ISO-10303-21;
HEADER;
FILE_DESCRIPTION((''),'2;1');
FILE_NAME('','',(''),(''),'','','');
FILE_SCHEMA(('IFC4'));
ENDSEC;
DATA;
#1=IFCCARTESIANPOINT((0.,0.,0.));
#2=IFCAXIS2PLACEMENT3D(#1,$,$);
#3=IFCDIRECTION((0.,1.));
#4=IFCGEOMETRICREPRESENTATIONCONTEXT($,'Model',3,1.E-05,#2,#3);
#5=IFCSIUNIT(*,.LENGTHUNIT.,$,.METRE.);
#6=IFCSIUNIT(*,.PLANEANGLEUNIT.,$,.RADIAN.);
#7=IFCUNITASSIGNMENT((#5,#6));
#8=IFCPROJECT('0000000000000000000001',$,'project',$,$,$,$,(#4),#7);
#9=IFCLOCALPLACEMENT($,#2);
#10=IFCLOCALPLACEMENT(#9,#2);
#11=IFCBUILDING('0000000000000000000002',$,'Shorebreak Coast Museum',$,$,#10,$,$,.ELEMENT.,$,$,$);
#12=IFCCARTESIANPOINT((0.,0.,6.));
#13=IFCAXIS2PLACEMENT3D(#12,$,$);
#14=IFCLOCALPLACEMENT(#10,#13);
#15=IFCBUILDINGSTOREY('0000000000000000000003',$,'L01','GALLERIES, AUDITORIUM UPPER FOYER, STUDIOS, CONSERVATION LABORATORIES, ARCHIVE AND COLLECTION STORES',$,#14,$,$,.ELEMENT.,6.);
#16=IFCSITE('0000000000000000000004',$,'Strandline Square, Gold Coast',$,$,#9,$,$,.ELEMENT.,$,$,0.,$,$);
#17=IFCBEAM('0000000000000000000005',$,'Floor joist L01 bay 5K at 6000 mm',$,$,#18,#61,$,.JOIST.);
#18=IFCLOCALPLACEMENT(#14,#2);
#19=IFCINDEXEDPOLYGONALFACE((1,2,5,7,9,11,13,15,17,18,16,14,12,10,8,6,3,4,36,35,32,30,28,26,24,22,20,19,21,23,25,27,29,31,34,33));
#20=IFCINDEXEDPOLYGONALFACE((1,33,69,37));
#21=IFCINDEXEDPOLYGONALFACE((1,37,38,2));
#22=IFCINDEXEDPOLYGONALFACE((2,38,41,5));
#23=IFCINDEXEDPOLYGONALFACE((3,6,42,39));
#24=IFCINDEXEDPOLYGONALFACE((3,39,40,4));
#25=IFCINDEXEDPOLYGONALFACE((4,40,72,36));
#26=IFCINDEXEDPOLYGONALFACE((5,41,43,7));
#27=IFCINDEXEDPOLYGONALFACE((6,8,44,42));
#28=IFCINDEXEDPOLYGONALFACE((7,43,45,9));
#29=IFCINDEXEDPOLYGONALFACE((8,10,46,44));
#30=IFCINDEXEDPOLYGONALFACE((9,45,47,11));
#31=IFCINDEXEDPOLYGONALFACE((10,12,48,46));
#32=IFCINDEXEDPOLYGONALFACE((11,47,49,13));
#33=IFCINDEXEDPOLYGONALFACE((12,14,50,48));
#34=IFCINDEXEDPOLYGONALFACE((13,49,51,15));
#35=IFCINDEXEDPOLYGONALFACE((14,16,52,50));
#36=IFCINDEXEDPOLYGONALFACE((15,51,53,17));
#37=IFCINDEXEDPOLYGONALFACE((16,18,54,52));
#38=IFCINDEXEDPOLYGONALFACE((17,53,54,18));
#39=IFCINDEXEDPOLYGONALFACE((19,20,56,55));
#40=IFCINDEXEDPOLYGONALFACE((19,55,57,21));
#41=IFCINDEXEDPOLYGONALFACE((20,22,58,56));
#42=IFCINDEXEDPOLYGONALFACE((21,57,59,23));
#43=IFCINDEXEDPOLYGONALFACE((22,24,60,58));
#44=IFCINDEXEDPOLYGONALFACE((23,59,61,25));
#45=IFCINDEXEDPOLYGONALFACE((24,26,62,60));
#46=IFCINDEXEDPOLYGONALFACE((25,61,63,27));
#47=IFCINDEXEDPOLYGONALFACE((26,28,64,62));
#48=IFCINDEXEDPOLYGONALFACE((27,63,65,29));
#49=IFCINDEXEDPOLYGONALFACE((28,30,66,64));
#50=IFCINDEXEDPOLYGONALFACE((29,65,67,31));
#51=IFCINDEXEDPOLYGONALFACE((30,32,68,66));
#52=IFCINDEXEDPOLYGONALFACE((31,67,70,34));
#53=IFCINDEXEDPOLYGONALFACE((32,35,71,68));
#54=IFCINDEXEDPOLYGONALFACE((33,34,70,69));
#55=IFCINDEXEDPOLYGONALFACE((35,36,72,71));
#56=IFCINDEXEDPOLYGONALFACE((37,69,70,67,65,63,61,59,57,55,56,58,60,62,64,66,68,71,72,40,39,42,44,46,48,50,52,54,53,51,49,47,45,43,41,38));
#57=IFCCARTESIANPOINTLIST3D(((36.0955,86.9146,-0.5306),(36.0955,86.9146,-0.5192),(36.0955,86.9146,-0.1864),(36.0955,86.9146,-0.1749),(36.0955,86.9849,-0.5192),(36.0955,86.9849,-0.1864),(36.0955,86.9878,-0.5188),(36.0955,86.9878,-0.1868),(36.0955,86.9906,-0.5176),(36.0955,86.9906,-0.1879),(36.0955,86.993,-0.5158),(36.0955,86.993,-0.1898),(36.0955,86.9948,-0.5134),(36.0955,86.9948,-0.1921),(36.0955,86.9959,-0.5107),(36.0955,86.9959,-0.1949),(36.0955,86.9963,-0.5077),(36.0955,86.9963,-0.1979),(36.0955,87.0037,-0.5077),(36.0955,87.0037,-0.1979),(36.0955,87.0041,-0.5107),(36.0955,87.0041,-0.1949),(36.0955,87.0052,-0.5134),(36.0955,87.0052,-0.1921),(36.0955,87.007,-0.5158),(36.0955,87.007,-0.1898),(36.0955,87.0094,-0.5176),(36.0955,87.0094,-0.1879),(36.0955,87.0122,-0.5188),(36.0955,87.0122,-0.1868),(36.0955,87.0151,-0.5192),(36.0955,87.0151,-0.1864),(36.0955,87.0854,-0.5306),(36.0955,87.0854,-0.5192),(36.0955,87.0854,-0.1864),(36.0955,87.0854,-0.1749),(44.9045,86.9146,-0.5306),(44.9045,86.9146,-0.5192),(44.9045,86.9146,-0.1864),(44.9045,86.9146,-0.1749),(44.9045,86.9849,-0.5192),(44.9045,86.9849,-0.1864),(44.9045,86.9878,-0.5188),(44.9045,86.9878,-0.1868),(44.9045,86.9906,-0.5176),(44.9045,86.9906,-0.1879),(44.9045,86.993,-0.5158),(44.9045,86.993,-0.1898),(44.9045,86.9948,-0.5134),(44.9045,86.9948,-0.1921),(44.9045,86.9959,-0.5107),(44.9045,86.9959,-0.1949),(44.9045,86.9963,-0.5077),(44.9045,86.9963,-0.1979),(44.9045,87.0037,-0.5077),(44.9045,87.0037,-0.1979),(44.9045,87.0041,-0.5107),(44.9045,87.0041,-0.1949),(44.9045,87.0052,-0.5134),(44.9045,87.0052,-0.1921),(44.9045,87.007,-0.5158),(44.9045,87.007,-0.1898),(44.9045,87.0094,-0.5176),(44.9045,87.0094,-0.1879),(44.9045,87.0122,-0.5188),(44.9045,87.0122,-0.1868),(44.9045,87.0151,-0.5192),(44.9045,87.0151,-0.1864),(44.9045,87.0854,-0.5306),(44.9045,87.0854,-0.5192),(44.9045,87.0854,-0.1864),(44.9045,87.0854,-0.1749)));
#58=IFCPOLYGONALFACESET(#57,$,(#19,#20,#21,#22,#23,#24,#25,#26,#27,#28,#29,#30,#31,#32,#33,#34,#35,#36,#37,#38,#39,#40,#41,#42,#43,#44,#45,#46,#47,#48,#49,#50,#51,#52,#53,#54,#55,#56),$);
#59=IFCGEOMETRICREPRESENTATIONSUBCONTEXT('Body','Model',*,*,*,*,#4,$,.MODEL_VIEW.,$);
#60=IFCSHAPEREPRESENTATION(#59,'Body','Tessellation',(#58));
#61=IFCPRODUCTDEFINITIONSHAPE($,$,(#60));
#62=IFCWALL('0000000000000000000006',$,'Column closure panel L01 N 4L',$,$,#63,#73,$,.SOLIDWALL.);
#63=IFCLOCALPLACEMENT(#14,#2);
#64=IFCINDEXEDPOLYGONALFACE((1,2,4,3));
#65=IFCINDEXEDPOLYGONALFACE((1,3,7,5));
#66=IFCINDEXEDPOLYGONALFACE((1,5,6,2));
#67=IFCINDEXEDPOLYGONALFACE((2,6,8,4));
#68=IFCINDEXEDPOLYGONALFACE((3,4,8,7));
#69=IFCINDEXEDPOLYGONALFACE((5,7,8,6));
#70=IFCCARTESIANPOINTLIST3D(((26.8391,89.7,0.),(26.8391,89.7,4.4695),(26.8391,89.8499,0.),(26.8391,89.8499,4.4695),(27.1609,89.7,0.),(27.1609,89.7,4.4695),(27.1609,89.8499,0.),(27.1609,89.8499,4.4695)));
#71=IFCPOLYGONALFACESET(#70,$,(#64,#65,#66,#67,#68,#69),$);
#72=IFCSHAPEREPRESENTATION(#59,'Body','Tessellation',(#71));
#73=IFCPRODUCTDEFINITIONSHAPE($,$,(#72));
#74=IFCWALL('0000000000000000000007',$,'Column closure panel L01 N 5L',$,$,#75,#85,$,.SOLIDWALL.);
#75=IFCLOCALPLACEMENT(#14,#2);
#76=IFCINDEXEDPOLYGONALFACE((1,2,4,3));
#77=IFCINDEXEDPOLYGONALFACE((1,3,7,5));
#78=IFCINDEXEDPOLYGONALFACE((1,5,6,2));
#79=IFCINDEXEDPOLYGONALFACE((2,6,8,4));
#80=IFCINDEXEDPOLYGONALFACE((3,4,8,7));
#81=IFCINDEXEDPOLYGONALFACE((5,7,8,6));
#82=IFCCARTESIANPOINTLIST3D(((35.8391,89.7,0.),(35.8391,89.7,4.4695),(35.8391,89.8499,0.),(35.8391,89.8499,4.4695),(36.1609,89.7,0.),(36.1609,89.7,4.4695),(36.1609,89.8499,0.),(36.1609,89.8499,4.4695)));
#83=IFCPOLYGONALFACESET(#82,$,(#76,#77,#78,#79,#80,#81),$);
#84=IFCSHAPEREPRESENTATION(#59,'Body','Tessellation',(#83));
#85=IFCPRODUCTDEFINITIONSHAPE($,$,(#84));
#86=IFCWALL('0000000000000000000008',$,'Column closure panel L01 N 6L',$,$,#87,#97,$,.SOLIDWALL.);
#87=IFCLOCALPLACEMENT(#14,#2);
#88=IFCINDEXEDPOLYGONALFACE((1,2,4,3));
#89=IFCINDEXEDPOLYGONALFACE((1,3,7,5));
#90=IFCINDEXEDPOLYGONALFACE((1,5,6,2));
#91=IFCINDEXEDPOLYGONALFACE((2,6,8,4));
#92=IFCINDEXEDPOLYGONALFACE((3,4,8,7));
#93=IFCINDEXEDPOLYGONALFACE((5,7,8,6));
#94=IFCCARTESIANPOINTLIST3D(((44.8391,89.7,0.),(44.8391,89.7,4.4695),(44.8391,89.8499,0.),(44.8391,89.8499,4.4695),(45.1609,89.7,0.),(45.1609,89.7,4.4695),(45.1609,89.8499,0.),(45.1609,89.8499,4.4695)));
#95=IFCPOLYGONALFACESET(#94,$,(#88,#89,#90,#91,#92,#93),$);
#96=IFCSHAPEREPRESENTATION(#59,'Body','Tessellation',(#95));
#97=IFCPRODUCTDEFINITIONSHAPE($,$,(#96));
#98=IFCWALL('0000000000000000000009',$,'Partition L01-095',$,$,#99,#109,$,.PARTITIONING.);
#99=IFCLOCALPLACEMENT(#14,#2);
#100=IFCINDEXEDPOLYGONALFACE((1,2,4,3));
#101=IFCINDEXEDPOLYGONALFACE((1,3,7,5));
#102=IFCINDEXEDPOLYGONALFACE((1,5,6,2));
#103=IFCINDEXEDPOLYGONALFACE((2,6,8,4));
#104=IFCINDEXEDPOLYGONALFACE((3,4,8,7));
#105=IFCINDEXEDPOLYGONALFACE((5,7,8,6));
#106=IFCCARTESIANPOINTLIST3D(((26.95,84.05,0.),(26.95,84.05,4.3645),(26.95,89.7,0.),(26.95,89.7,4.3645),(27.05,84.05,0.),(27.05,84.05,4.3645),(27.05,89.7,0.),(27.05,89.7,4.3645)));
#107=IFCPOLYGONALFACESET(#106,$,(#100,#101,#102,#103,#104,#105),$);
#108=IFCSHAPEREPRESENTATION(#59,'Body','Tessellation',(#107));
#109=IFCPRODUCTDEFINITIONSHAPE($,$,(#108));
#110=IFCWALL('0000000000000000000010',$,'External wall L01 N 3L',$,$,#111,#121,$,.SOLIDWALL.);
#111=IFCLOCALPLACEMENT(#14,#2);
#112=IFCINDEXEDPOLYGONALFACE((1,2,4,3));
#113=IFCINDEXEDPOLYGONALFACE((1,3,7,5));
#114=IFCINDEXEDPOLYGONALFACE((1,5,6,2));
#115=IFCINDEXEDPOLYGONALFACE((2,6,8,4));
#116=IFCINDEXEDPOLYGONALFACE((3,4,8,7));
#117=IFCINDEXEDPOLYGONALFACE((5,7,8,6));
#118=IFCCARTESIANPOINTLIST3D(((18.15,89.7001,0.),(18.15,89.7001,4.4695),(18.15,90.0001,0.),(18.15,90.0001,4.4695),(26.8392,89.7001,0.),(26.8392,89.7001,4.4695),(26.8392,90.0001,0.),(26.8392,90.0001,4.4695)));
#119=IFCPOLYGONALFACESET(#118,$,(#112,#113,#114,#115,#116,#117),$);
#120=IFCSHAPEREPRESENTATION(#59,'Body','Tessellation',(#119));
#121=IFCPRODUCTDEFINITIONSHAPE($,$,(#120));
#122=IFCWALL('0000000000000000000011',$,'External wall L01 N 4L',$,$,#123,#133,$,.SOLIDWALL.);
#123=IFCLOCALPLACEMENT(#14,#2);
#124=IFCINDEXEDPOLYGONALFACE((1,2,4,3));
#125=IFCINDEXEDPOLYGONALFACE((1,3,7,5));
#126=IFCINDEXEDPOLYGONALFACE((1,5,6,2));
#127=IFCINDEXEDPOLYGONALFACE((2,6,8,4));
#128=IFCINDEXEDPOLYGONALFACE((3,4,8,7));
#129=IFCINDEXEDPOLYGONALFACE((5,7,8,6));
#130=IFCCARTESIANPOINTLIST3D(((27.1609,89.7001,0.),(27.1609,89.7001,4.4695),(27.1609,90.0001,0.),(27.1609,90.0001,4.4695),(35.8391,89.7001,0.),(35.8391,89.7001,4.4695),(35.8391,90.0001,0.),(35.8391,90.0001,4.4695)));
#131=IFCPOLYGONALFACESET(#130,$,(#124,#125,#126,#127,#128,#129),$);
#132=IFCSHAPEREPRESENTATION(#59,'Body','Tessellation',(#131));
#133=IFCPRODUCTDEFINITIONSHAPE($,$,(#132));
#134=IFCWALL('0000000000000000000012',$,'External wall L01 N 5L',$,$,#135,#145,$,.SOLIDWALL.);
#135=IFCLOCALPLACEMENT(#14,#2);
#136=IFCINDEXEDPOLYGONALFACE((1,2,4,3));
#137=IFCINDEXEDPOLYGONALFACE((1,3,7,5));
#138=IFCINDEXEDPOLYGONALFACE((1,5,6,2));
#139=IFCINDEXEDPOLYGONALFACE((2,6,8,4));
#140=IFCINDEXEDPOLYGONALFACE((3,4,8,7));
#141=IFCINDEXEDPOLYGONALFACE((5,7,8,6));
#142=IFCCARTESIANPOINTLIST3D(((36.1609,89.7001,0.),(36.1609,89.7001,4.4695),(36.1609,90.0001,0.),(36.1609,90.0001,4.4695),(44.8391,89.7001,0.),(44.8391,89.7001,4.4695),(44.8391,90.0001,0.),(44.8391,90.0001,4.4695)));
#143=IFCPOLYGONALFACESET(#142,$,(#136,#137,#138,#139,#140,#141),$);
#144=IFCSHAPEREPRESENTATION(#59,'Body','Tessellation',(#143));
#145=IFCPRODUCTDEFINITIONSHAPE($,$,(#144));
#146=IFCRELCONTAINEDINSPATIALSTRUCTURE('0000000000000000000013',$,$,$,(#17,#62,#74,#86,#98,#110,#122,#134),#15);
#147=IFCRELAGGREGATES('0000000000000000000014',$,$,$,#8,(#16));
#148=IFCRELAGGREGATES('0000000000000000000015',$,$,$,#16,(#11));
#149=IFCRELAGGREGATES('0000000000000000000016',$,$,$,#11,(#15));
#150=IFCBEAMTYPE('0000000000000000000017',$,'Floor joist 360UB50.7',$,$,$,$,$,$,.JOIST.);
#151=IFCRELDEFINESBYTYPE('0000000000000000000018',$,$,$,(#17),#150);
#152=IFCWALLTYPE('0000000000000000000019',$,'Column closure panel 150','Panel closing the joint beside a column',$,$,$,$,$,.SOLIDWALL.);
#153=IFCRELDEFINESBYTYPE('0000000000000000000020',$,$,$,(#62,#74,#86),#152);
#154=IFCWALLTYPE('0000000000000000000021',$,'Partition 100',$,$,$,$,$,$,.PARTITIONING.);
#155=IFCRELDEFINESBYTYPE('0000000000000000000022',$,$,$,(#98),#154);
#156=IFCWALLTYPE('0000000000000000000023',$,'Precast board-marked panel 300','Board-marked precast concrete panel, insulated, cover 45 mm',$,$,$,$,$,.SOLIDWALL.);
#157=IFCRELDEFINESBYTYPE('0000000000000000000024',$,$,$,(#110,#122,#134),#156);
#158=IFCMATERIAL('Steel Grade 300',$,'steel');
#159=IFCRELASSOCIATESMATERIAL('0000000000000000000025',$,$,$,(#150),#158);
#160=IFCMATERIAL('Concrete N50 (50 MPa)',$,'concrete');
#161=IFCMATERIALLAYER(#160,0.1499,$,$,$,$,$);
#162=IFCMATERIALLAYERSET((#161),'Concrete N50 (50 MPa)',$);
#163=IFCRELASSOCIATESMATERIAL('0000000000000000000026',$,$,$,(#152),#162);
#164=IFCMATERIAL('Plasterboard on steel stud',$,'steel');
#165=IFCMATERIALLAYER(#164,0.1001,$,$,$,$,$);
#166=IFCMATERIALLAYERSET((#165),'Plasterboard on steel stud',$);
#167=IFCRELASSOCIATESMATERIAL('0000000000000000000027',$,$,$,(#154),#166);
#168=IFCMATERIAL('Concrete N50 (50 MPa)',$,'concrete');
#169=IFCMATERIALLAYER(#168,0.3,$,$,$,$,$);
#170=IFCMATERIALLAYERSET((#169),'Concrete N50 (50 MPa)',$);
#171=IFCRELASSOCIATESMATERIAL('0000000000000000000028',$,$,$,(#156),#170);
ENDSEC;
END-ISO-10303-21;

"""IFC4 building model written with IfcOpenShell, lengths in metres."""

from ifc_helpers import new_model, si_unit, direction, frame, frame_2d, origin, origin_2d, place, context, subcontext, project, spatial, rectangle, i_section, extrude, material, layer, layer_set, material_profile, profile_set, type_object, element, save


model = new_model("IFC4")

# Units and contexts
model_context = context("Model", 3, precision=1e-05, world=origin(), true_north=direction((0.0, 1.0)))
body_context = subcontext(model_context, "Body", "Model", "MODEL_VIEW")
ifc_project = project(units=[si_unit("LENGTHUNIT", "METRE"), si_unit("PLANEANGLEUNIT", "RADIAN")], contexts=[model_context])

# Site, building, storey
site_placement = place(None, origin())
site = spatial("IfcSite", under=ifc_project, at=site_placement, Name="Strandline Square, Gold Coast", CompositionType="ELEMENT", RefElevation=0.0)
building_placement = place(site_placement, origin())
building = spatial("IfcBuilding", under=site, at=building_placement, Name="Shorebreak Coast Museum", CompositionType="ELEMENT")
storey_placement = place(building_placement, frame((0.0, 0.0, 6.0)))
storey = spatial("IfcBuildingStorey", under=building, at=storey_placement, Name="L01", Description="GALLERIES, AUDITORIUM UPPER FOYER, STUDIOS, CONSERVATION LABORATORIES, ARCHIVE AND COLLECTION STORES", CompositionType="ELEMENT", Elevation=6.0)

# Beam
ifc_material_1 = material(Name="Steel Grade 300", Category="steel")
ifc_material_profile_1 = material_profile(ifc_material_1, i_section(OverallWidth=0.1709, OverallDepth=0.3557, WebThickness=0.0073, FlangeThickness=0.0115, FilletRadius=0.0115, at=origin_2d()), Name="360UB50.7")
ifc_profile_set_1 = profile_set([ifc_material_profile_1], Name="Steel Grade 300")
beam_type_1 = type_object("IfcBeamType", Name="Floor joist 360UB50.7", PredefinedType="JOIST", material=ifc_profile_set_1)
for number, where, z_axis, x_axis, name in (
    (1, (36.0955, 87.0, -0.3528), (1.0, 0.0, 0.0), (0.0, 1.0, 0.0), "Floor joist L01 bay 5K at 6000 mm"),
):
    element("IfcBeam", number, at=place(storey_placement, frame(where, z_axis=z_axis, x_axis=x_axis)), inside=storey, type_object=beam_type_1, Name=name, PredefinedType="JOIST", context=body_context, shape_type="SweptSolid", body=[
        extrude(i_section(OverallWidth=0.1709, OverallDepth=0.3557, WebThickness=0.0073, FlangeThickness=0.0115, FilletRadius=0.0115, at=origin_2d()), origin(), (0.0, 0.0, 1.0), 8.8091),
    ])

# Walls
ifc_material_2 = material(Name="Concrete N50 (50 MPa)", Category="concrete")
ifc_layer_1 = layer(ifc_material_2, 0.1499)
ifc_layer_set_1 = layer_set([ifc_layer_1], Name="Concrete N50 (50 MPa)")
wall_type_1 = type_object("IfcWallType", Name="Column closure panel 150", Description="Panel closing the joint beside a column", PredefinedType="SOLIDWALL", material=ifc_layer_set_1)
for number, where, z_axis, x_axis, name in (
    (2, (26.8391, 89.7749, 0.0), (0.0, 0.0, 1.0), (1.0, 0.0, 0.0), "Column closure panel L01 N 4L"),
    (3, (35.8391, 89.7749, 0.0), (0.0, 0.0, 1.0), (1.0, 0.0, 0.0), "Column closure panel L01 N 5L"),
    (4, (44.8391, 89.7749, 0.0), (0.0, 0.0, 1.0), (1.0, 0.0, 0.0), "Column closure panel L01 N 6L"),
):
    element("IfcWall", number, at=place(storey_placement, frame(where, z_axis=z_axis, x_axis=x_axis)), inside=storey, type_object=wall_type_1, Name=name, PredefinedType="SOLIDWALL", context=body_context, shape_type="SweptSolid", body=[
        extrude(rectangle(XDim=0.3218, YDim=0.1499, at=frame_2d((0.1609, 0.0))), origin(), (0.0, 0.0, 1.0), 4.4695),
    ])
ifc_material_3 = material(Name="Plasterboard on steel stud", Category="steel")
ifc_layer_2 = layer(ifc_material_3, 0.1001)
ifc_layer_set_2 = layer_set([ifc_layer_2], Name="Plasterboard on steel stud")
wall_type_2 = type_object("IfcWallType", Name="Partition 100", PredefinedType="PARTITIONING", material=ifc_layer_set_2)
wall_1_placement = place(storey_placement, frame((27.0, 84.05, 0.0), z_axis=(0.0, 0.0, 1.0), x_axis=(0.0, 1.0, 0.0)))
element("IfcWall", 5, at=wall_1_placement, inside=storey, type_object=wall_type_2, Name="Partition L01-095", PredefinedType="PARTITIONING", context=body_context, shape_type="SweptSolid", body=[
    extrude(rectangle(XDim=5.6499, YDim=0.1001, at=frame_2d((2.825, 0.0))), origin(), (0.0, 0.0, 1.0), 4.3645),
])
ifc_material_4 = material(Name="Concrete N50 (50 MPa)", Category="concrete")
ifc_layer_3 = layer(ifc_material_4, 0.3)
ifc_layer_set_3 = layer_set([ifc_layer_3], Name="Concrete N50 (50 MPa)")
wall_type_3 = type_object("IfcWallType", Name="Precast board-marked panel 300", Description="Board-marked precast concrete panel, insulated, cover 45 mm", PredefinedType="SOLIDWALL", material=ifc_layer_set_3)
wall_2_placement = place(storey_placement, frame((18.1499, 89.8501, 0.0), z_axis=(0.0, 0.0, 1.0), x_axis=(1.0, 0.0, 0.0)))
element("IfcWall", 6, at=wall_2_placement, inside=storey, type_object=wall_type_3, Name="External wall L01 N 3L", PredefinedType="SOLIDWALL", context=body_context, shape_type="SweptSolid", body=[
    extrude(rectangle(XDim=8.6892, YDim=0.3, at=frame_2d((4.3447, 0.0))), origin(), (0.0, 0.0, 1.0), 4.4695),
])
for number, where, z_axis, x_axis, name in (
    (7, (27.1609, 89.8501, 0.0), (0.0, 0.0, 1.0), (1.0, 0.0, 0.0), "External wall L01 N 4L"),
    (8, (36.1609, 89.8501, 0.0), (0.0, 0.0, 1.0), (1.0, 0.0, 0.0), "External wall L01 N 5L"),
):
    element("IfcWall", number, at=place(storey_placement, frame(where, z_axis=z_axis, x_axis=x_axis)), inside=storey, type_object=wall_type_3, Name=name, PredefinedType="SOLIDWALL", context=body_context, shape_type="SweptSolid", body=[
        extrude(rectangle(XDim=8.6782, YDim=0.3, at=frame_2d((4.3391, 0.0))), origin(), (0.0, 0.0, 1.0), 4.4695),
    ])

save(model, "model.ifc")
